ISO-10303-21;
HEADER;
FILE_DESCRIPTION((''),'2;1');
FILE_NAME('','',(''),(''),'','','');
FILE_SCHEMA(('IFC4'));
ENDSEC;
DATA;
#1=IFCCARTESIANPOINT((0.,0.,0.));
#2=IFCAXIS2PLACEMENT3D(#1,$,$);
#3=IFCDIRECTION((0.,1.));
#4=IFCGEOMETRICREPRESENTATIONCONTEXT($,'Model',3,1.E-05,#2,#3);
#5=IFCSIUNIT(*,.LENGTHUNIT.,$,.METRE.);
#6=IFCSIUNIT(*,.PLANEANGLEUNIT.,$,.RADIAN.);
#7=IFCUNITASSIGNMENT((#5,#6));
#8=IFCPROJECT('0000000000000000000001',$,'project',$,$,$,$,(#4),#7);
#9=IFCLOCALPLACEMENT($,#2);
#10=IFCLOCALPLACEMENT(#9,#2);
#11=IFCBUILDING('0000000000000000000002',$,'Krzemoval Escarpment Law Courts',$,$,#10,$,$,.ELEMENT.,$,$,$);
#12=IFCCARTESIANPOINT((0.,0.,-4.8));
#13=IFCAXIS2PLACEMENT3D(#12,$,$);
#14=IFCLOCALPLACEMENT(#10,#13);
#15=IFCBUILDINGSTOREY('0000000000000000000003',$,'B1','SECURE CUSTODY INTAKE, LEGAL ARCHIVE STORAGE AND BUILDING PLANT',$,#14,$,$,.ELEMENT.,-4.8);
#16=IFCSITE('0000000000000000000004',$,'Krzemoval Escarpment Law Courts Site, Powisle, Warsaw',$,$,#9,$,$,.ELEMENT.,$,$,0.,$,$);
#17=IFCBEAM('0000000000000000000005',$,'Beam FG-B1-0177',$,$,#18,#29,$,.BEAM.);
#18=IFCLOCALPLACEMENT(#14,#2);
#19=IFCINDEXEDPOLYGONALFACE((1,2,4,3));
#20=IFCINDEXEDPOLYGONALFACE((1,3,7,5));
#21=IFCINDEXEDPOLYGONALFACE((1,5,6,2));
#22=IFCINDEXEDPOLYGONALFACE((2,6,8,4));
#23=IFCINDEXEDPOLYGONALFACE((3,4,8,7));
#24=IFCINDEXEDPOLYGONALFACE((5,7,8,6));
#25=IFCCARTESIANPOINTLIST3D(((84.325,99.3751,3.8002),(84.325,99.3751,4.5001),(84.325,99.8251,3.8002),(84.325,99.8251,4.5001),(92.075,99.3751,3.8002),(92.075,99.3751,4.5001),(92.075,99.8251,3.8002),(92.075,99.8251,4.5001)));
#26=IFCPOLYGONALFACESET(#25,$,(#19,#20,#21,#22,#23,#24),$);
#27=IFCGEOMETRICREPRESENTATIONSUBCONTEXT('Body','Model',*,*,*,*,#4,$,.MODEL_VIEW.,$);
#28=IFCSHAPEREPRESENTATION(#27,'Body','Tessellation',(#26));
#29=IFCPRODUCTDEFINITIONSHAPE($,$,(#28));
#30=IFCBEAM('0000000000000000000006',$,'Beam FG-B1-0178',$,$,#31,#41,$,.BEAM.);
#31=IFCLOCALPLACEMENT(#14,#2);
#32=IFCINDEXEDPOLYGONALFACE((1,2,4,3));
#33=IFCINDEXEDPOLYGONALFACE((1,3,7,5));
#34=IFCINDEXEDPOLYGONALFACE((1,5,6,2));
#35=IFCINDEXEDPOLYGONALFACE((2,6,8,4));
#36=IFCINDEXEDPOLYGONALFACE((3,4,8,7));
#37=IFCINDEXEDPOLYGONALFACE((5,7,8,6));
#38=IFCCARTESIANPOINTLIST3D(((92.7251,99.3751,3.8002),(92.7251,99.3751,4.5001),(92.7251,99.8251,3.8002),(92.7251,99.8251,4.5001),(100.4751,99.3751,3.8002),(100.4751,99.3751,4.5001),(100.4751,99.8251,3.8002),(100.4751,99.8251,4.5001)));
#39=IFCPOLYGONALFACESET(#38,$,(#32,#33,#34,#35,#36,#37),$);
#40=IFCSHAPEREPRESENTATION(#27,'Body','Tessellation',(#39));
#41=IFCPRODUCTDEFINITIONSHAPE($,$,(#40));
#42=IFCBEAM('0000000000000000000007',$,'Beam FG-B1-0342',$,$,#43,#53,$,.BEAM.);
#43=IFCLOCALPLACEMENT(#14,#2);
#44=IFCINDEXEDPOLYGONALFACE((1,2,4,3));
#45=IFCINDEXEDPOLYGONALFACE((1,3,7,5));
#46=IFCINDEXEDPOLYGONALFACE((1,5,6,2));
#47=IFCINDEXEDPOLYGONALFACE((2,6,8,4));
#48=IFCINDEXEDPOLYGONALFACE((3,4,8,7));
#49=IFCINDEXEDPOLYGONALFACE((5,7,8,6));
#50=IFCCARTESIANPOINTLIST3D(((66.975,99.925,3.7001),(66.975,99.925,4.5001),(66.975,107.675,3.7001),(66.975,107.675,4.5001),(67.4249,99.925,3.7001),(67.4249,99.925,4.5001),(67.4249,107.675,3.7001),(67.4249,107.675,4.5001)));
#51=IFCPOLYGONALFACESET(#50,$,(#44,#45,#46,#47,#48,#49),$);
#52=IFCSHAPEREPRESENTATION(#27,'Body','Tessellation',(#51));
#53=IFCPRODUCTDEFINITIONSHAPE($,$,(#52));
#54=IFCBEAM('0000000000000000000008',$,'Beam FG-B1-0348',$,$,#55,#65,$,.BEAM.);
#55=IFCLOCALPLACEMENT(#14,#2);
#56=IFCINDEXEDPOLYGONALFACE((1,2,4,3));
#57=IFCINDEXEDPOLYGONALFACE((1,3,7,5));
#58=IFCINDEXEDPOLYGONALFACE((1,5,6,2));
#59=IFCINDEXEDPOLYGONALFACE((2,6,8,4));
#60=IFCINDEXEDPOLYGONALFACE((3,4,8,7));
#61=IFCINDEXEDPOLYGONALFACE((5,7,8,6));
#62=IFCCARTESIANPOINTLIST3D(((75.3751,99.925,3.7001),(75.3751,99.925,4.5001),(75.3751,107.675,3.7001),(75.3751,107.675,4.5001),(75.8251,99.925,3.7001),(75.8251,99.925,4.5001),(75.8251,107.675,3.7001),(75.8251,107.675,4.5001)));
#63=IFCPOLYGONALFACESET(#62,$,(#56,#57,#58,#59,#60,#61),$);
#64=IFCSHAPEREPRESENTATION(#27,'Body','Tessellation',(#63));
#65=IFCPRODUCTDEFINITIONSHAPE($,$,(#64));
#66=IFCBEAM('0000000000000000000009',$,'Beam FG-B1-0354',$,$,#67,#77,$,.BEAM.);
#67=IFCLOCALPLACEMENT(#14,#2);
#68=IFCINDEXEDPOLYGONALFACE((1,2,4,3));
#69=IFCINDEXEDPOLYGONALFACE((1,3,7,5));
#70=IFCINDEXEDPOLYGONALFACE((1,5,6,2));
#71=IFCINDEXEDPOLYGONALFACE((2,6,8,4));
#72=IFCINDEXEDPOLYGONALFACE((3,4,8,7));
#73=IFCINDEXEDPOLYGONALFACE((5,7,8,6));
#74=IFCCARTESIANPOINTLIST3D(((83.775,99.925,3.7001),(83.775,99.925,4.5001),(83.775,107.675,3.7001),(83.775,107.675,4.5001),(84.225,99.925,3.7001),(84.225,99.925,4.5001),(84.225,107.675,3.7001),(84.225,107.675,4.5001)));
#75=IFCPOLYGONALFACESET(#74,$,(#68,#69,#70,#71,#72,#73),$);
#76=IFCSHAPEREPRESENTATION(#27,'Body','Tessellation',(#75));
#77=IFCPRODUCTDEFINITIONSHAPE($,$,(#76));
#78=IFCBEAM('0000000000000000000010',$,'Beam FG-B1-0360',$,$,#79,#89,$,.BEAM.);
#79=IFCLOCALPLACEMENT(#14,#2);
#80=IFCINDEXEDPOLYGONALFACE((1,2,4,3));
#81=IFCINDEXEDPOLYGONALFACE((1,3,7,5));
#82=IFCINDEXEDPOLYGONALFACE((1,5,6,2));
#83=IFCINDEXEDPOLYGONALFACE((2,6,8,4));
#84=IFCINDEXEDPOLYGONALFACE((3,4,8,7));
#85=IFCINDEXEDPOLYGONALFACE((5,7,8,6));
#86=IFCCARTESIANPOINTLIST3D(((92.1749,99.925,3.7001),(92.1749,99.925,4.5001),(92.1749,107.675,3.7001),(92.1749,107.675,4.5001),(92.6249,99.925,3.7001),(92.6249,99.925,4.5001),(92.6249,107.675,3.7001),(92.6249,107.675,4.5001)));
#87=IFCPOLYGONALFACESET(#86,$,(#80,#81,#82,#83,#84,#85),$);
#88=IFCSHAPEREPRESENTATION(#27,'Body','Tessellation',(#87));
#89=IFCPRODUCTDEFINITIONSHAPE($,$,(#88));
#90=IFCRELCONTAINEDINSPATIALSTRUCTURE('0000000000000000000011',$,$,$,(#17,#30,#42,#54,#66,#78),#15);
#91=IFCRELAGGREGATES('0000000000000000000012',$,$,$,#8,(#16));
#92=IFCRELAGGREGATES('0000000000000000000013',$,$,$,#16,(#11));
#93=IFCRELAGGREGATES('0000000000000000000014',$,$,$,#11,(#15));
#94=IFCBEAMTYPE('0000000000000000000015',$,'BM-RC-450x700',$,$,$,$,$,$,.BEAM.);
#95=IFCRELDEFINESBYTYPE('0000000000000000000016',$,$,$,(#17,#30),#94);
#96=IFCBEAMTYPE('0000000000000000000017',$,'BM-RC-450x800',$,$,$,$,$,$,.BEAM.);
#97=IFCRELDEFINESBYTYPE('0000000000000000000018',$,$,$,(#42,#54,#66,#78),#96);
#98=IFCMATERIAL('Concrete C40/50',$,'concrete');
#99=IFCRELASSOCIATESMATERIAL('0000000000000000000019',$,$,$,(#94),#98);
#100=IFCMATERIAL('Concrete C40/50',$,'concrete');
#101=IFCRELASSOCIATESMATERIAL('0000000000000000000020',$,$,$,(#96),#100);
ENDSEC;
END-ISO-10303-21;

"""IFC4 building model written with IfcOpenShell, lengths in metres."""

from ifc_helpers import new_model, si_unit, direction, frame, origin, origin_2d, place, context, subcontext, project, spatial, rectangle, extrude, material, material_profile, profile_set, type_object, element, save


model = new_model("IFC4")

# Units and contexts
model_context = context("Model", 3, precision=1e-05, world=origin(), true_north=direction((0.0, 1.0)))
body_context = subcontext(model_context, "Body", "Model", "MODEL_VIEW")
ifc_project = project(units=[si_unit("LENGTHUNIT", "METRE"), si_unit("PLANEANGLEUNIT", "RADIAN")], contexts=[model_context])

# Site, building, storey
site_placement = place(None, origin())
site = spatial("IfcSite", under=ifc_project, at=site_placement, Name="Krzemoval Escarpment Law Courts Site, Powisle, Warsaw", CompositionType="ELEMENT", RefElevation=0.0)
building_placement = place(site_placement, origin())
building = spatial("IfcBuilding", under=site, at=building_placement, Name="Krzemoval Escarpment Law Courts", CompositionType="ELEMENT")
storey_placement = place(building_placement, frame((0.0, 0.0, -4.8)))
storey = spatial("IfcBuildingStorey", under=building, at=storey_placement, Name="B1", Description="SECURE CUSTODY INTAKE, LEGAL ARCHIVE STORAGE AND BUILDING PLANT", CompositionType="ELEMENT", Elevation=-4.8)

# Beams
ifc_material_1 = material(Name="Concrete C40/50", Category="concrete")
ifc_material_profile_1 = material_profile(ifc_material_1, rectangle(XDim=0.45, YDim=0.7, at=origin_2d()), Name="RCB 450x700")
ifc_profile_set_1 = profile_set([ifc_material_profile_1], Name="Concrete C40/50")
beam_type_1 = type_object("IfcBeamType", Name="BM-RC-450x700", PredefinedType="BEAM", material=ifc_profile_set_1)
for number, where, z_axis, x_axis, name in (
    (1, (84.325, 99.6001, 4.1501), (1.0, 0.0, 0.0), (0.0, 1.0, 0.0), "Beam FG-B1-0177"),
    (2, (92.7251, 99.6001, 4.1501), (1.0, 0.0, 0.0), (0.0, 1.0, 0.0), "Beam FG-B1-0178"),
):
    element("IfcBeam", number, at=place(storey_placement, frame(where, z_axis=z_axis, x_axis=x_axis)), inside=storey, type_object=beam_type_1, Name=name, PredefinedType="BEAM", context=body_context, shape_type="SweptSolid", body=[
        extrude(rectangle(XDim=0.45, YDim=0.7, at=origin_2d()), origin(), (0.0, 0.0, 1.0), 7.75),
    ])
ifc_material_2 = material(Name="Concrete C40/50", Category="concrete")
ifc_material_profile_2 = material_profile(ifc_material_2, rectangle(XDim=0.45, YDim=0.8, at=origin_2d()), Name="RCB 450x800")
ifc_profile_set_2 = profile_set([ifc_material_profile_2], Name="Concrete C40/50")
beam_type_2 = type_object("IfcBeamType", Name="BM-RC-450x800", PredefinedType="BEAM", material=ifc_profile_set_2)
for number, where, z_axis, x_axis, name in (
    (3, (67.2, 99.925, 4.1001), (0.0, 1.0, 0.0), (-1.0, 0.0, 0.0), "Beam FG-B1-0342"),
    (4, (75.6001, 99.925, 4.1001), (0.0, 1.0, 0.0), (-1.0, 0.0, 0.0), "Beam FG-B1-0348"),
    (5, (84.0, 99.925, 4.1001), (0.0, 1.0, 0.0), (-1.0, 0.0, 0.0), "Beam FG-B1-0354"),
    (6, (92.3999, 99.925, 4.1001), (0.0, 1.0, 0.0), (-1.0, 0.0, 0.0), "Beam FG-B1-0360"),
):
    element("IfcBeam", number, at=place(storey_placement, frame(where, z_axis=z_axis, x_axis=x_axis)), inside=storey, type_object=beam_type_2, Name=name, PredefinedType="BEAM", context=body_context, shape_type="SweptSolid", body=[
        extrude(rectangle(XDim=0.45, YDim=0.8, at=origin_2d()), origin(), (0.0, 0.0, 1.0), 7.75),
    ])

save(model, "model.ifc")
